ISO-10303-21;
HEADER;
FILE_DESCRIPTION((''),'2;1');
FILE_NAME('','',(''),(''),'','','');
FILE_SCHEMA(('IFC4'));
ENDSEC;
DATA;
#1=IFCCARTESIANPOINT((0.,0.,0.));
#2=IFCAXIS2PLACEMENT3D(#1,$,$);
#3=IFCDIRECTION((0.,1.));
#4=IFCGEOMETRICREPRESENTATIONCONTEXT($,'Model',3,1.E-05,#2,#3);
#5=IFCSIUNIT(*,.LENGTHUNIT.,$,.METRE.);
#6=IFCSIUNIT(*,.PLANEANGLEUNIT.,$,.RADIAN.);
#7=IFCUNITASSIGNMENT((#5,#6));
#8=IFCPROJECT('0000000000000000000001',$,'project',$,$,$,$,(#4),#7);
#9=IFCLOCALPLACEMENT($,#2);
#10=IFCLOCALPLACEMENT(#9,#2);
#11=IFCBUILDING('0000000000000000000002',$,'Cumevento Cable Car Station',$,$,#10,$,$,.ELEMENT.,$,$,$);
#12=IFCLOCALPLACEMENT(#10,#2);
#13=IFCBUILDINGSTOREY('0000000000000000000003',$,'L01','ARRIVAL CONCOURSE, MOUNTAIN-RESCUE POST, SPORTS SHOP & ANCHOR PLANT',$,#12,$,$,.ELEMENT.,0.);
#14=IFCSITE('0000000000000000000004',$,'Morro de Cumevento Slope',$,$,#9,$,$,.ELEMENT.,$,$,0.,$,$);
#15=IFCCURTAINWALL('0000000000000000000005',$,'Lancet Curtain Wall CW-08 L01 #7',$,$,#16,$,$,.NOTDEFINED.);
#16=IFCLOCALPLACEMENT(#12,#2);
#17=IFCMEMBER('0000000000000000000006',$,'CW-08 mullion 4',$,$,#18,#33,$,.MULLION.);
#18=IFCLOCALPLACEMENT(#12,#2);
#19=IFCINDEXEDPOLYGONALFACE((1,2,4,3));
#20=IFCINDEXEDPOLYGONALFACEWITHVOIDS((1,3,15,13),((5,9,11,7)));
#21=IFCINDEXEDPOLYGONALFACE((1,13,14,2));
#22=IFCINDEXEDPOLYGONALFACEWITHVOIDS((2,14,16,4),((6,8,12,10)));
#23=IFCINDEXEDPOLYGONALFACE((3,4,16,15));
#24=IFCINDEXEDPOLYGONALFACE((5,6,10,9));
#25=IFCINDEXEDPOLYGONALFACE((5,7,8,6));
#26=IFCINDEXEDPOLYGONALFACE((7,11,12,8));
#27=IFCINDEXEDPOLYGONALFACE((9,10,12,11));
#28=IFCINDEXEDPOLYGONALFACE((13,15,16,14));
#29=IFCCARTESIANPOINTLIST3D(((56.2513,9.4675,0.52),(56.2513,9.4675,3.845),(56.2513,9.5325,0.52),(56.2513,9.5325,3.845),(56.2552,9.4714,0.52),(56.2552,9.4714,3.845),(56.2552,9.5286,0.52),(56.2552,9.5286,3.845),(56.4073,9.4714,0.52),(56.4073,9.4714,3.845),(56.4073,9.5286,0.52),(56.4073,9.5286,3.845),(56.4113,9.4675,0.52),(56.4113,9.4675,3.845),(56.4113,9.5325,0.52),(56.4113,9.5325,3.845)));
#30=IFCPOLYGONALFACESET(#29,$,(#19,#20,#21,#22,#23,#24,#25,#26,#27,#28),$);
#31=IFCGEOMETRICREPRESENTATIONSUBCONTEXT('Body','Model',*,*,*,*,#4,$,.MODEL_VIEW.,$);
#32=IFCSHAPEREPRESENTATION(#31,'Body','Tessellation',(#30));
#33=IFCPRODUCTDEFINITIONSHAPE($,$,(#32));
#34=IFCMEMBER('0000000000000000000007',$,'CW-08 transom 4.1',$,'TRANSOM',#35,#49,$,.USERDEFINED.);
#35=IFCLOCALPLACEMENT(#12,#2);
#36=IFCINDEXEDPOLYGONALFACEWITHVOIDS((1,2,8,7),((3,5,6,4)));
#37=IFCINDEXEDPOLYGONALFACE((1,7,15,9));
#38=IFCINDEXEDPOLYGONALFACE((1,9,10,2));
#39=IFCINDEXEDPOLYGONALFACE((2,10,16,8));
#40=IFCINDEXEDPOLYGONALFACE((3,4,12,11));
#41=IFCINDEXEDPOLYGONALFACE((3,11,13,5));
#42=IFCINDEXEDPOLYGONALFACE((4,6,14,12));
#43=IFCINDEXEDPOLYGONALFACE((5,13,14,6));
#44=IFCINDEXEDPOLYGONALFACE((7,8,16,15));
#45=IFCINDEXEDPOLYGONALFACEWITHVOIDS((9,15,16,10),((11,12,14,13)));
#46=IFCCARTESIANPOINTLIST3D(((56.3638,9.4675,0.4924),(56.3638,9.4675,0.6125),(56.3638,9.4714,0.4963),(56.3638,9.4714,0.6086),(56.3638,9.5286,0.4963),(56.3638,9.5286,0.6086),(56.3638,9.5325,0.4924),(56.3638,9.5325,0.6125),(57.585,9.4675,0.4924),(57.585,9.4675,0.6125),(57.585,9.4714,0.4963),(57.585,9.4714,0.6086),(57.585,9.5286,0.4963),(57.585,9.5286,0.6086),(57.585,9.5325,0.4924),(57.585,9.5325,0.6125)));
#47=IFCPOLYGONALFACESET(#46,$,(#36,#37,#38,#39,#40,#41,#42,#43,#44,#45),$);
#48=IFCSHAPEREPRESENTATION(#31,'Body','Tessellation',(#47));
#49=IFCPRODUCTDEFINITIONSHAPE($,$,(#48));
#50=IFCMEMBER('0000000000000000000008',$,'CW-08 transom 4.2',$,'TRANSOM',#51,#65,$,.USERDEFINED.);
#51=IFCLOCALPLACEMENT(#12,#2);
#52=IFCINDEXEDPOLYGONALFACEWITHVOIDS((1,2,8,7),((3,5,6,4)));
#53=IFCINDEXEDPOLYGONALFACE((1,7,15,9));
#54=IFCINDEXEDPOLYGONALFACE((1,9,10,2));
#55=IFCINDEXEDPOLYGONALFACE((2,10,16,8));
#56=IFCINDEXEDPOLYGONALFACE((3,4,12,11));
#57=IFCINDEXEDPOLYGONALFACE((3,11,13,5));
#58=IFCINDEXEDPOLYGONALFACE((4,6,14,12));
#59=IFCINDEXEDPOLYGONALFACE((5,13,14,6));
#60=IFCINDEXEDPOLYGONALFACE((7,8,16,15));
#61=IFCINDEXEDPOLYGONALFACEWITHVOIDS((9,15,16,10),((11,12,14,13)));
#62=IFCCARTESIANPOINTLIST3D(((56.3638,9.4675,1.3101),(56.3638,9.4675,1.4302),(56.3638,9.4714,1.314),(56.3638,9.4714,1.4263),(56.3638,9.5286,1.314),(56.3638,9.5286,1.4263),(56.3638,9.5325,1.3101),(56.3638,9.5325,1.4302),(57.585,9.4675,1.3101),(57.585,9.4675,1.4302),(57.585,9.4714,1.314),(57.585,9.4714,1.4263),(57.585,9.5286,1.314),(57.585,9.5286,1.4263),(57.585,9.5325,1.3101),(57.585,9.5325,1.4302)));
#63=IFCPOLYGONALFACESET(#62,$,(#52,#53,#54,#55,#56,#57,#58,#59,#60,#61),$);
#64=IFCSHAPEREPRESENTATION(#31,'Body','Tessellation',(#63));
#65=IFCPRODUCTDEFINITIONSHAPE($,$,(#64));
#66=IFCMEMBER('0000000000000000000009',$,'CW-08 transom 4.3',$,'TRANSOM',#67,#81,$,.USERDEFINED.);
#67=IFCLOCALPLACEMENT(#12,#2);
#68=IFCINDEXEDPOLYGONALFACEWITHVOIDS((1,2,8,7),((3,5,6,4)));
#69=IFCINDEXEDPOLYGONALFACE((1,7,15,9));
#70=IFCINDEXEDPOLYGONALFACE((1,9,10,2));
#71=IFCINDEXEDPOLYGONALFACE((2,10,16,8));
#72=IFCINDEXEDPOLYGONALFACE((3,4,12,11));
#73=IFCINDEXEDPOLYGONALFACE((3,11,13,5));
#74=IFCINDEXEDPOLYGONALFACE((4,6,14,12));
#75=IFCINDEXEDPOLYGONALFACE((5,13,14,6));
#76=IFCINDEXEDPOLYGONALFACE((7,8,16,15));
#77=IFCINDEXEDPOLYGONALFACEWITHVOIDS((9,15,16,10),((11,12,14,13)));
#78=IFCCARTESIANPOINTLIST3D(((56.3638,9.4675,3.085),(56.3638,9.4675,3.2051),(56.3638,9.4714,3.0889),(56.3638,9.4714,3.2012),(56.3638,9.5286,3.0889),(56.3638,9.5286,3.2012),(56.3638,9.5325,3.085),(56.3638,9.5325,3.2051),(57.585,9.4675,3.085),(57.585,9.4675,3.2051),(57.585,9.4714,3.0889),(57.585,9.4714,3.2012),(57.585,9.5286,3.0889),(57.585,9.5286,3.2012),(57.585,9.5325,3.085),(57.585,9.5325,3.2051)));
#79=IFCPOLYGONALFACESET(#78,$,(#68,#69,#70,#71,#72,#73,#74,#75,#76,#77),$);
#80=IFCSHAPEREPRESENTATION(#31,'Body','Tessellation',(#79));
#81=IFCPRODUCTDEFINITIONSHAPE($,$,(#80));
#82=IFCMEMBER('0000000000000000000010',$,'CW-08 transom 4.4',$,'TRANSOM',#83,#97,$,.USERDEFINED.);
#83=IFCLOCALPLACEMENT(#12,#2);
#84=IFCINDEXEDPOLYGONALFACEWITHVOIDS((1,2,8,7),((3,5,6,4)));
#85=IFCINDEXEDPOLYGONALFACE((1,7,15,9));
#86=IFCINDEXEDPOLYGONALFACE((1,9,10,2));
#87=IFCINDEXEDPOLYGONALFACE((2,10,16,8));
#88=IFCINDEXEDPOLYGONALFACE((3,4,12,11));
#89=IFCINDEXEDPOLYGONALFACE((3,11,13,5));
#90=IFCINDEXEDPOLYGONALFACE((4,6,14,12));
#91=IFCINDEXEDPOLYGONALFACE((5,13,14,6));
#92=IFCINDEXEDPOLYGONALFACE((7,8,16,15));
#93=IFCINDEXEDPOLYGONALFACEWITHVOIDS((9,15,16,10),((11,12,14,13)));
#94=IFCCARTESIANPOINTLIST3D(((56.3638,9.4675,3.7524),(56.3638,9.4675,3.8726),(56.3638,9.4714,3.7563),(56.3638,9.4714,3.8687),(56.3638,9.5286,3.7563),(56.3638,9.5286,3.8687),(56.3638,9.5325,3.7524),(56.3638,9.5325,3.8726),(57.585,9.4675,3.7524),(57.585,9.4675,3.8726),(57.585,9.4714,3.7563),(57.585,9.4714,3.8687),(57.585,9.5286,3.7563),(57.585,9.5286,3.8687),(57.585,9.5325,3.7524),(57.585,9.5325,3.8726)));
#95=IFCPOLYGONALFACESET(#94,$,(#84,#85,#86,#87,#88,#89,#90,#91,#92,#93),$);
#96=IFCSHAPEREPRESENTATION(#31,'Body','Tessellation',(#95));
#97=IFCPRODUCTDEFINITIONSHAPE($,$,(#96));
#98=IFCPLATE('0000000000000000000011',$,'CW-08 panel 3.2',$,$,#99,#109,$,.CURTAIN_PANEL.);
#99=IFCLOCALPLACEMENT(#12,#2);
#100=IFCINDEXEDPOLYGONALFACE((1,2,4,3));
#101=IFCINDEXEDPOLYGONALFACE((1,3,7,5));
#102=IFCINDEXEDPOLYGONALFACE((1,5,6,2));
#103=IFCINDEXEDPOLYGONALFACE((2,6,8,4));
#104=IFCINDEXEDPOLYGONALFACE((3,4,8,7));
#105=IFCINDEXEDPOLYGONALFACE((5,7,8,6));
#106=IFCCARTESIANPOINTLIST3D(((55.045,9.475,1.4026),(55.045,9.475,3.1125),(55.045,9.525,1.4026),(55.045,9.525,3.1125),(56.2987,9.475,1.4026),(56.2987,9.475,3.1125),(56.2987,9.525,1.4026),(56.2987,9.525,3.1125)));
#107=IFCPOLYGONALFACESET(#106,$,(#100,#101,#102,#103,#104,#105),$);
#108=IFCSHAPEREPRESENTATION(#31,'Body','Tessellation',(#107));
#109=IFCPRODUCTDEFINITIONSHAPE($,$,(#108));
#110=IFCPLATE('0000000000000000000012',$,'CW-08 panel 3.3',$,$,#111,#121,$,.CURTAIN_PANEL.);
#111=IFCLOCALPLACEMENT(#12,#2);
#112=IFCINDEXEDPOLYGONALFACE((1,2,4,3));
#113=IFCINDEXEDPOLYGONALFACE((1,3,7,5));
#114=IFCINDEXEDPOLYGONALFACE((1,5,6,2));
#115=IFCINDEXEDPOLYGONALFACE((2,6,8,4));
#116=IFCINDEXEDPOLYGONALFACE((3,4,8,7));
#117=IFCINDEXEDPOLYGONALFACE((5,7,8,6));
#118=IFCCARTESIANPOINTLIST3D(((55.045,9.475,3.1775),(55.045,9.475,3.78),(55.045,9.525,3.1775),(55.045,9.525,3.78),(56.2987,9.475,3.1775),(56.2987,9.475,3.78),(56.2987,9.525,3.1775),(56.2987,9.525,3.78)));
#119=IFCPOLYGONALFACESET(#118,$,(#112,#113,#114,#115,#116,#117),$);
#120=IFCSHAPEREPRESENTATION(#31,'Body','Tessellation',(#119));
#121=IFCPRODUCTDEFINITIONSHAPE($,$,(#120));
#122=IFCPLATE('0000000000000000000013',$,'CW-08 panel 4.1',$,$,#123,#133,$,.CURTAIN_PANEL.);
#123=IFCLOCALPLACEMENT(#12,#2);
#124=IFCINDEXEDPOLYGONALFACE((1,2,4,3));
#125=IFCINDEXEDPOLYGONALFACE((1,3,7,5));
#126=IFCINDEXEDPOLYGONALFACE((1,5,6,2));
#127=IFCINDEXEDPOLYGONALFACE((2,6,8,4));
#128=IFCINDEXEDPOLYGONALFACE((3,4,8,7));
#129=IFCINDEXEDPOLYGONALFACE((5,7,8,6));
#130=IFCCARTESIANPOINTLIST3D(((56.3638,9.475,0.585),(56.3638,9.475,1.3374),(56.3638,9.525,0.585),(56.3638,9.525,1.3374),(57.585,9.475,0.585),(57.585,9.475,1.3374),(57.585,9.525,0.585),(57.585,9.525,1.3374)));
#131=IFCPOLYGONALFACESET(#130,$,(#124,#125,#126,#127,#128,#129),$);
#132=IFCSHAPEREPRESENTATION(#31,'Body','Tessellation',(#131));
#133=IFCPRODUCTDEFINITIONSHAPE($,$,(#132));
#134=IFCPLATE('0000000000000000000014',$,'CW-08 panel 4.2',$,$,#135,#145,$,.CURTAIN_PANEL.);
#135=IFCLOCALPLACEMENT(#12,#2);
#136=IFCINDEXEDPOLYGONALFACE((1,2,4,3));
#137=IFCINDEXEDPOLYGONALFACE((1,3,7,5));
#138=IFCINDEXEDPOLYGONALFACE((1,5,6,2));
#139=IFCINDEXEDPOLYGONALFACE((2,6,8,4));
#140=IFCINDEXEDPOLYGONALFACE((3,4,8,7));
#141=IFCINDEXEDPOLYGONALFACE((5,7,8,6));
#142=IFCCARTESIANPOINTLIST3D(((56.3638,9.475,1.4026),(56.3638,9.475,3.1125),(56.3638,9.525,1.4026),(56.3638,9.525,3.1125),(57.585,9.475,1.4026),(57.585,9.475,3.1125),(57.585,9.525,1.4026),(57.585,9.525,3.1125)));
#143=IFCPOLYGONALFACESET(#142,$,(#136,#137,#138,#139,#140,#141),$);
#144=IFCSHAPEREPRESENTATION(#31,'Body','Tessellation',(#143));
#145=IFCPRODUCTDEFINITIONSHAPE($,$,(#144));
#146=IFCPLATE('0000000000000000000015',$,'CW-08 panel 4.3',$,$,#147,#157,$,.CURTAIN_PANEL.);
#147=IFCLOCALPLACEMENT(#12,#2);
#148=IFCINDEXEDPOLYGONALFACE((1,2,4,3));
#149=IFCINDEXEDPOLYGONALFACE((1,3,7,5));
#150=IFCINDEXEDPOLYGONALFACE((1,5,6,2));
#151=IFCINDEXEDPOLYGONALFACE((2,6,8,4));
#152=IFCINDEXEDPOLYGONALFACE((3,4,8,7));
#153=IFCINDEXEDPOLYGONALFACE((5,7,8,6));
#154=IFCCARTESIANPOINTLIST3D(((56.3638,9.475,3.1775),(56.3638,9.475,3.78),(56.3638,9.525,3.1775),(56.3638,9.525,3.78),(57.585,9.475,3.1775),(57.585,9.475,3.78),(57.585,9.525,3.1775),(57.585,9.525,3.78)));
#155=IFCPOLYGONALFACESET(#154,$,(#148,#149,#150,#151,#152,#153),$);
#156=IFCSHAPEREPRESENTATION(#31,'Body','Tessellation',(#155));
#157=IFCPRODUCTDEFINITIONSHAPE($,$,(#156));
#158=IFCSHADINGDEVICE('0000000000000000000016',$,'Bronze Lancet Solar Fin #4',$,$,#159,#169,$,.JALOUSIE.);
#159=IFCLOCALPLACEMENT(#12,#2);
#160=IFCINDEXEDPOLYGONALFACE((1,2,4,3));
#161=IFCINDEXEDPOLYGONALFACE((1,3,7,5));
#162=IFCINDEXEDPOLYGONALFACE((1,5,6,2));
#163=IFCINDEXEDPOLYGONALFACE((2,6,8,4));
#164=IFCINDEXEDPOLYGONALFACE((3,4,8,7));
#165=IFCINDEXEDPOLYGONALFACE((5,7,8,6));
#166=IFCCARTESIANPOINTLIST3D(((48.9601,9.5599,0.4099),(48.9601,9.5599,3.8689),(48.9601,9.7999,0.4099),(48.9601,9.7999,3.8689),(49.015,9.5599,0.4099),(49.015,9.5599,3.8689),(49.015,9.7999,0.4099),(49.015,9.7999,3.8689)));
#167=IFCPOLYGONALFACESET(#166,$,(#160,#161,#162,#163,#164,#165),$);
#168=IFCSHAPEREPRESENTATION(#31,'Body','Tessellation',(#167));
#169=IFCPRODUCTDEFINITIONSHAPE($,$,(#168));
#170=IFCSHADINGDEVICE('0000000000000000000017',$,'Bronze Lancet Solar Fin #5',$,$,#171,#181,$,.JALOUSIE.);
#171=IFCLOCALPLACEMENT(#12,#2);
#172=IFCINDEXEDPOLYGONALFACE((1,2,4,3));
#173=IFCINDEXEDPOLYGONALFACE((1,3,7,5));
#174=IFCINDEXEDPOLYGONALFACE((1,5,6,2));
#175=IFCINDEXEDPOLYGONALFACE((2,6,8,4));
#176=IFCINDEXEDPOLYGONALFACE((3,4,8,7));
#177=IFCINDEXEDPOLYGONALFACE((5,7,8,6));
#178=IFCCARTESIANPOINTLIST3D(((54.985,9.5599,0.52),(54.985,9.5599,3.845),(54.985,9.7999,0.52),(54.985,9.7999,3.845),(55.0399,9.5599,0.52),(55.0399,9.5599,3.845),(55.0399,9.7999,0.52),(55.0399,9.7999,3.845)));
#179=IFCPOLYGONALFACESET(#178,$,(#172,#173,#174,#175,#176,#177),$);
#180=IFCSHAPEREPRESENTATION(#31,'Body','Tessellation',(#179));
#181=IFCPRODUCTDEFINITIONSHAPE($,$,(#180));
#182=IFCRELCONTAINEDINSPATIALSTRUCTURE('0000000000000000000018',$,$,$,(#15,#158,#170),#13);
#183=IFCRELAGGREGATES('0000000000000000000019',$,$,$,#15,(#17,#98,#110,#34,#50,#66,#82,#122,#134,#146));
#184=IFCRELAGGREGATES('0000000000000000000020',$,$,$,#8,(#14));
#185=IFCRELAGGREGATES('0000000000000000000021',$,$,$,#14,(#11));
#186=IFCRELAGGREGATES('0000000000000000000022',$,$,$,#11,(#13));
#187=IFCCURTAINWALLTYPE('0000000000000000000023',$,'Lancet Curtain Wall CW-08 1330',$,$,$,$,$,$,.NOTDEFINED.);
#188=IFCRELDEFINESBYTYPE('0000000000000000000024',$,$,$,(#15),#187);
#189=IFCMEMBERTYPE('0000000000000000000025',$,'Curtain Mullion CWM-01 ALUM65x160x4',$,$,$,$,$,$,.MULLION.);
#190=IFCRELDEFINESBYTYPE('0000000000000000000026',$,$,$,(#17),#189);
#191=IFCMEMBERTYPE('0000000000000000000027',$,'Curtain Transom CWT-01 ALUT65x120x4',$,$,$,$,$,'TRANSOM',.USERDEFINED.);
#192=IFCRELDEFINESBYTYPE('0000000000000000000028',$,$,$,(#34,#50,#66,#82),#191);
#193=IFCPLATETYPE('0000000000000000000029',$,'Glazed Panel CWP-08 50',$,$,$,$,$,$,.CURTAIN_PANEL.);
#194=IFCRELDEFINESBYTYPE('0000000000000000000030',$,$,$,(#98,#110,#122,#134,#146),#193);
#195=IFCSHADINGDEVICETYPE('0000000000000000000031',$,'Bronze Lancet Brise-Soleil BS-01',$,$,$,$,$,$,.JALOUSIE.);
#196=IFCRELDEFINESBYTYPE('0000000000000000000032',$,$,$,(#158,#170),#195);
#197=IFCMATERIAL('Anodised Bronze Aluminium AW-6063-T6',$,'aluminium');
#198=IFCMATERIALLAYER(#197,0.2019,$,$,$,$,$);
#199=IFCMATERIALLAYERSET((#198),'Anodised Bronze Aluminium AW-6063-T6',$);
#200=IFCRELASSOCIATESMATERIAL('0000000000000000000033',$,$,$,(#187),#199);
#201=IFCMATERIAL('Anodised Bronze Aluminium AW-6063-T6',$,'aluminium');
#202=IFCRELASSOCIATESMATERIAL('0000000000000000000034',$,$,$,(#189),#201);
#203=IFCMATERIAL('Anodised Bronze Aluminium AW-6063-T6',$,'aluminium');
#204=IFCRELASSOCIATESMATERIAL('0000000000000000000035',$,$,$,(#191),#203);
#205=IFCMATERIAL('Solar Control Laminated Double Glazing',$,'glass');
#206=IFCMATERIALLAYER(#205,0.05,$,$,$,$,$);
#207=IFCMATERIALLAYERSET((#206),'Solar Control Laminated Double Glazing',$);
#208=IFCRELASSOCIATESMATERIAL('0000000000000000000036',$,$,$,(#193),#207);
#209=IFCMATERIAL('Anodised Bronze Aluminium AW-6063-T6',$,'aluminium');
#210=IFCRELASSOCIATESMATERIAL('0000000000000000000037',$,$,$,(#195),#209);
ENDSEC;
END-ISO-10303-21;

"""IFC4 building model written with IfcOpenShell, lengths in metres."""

from ifc_helpers import new_model, si_unit, direction, frame, origin, origin_2d, place, context, subcontext, project, spatial, rectangle, hollow_rectangle, extrude, material, layer, layer_set, material_profile, profile_set, type_object, element, aggregate, save


model = new_model("IFC4")

# Units and contexts
model_context = context("Model", 3, precision=1e-05, world=origin(), true_north=direction((0.0, 1.0)))
body_context = subcontext(model_context, "Body", "Model", "MODEL_VIEW")
ifc_project = project(units=[si_unit("LENGTHUNIT", "METRE"), si_unit("PLANEANGLEUNIT", "RADIAN")], contexts=[model_context])

# Site, building, storey
site_placement = place(None, origin())
site = spatial("IfcSite", under=ifc_project, at=site_placement, Name="Morro de Cumevento Slope", CompositionType="ELEMENT", RefElevation=0.0)
building_placement = place(site_placement, origin())
building = spatial("IfcBuilding", under=site, at=building_placement, Name="Cumevento Cable Car Station", CompositionType="ELEMENT")
storey_placement = place(building_placement, origin())
storey = spatial("IfcBuildingStorey", under=building, at=storey_placement, Name="L01", Description="ARRIVAL CONCOURSE, MOUNTAIN-RESCUE POST, SPORTS SHOP & ANCHOR PLANT", CompositionType="ELEMENT", Elevation=0.0)

# Curtain wall, members, plates
ifc_material_1 = material(Name="Anodised Bronze Aluminium AW-6063-T6", Category="aluminium")
ifc_layer_1 = layer(ifc_material_1, 0.2019)
ifc_layer_set_1 = layer_set([ifc_layer_1], Name="Anodised Bronze Aluminium AW-6063-T6")
curtain_wall_type = type_object("IfcCurtainWallType", Name="Lancet Curtain Wall CW-08 1330", PredefinedType="NOTDEFINED", material=ifc_layer_set_1)
curtain_wall_placement = place(storey_placement, origin())
curtain_wall = element("IfcCurtainWall", 1, at=curtain_wall_placement, inside=storey, type_object=curtain_wall_type, Name="Lancet Curtain Wall CW-08 L01 #7", PredefinedType="NOTDEFINED")
ifc_material_2 = material(Name="Anodised Bronze Aluminium AW-6063-T6", Category="aluminium")
ifc_material_profile_1 = material_profile(ifc_material_2, hollow_rectangle(XDim=0.0649, YDim=0.1599, WallThickness=0.0039, at=origin_2d()), Name="ALUM65x160x4")
ifc_profile_set_1 = profile_set([ifc_material_profile_1], Name="Anodised Bronze Aluminium AW-6063-T6")
member_type_1 = type_object("IfcMemberType", Name="Curtain Mullion CWM-01 ALUM65x160x4", PredefinedType="MULLION", material=ifc_profile_set_1)
member_1_placement = place(storey_placement, frame((56.3313, 9.5, 0.52), z_axis=(0.0, 0.0, 1.0), x_axis=(0.0, 1.0, 0.0)))
member_1 = element("IfcMember", 2, at=member_1_placement, type_object=member_type_1, Name="CW-08 mullion 4", PredefinedType="MULLION", context=body_context, shape_type="SweptSolid", body=[
    extrude(hollow_rectangle(XDim=0.0649, YDim=0.1599, WallThickness=0.0039, at=origin_2d()), origin(), (0.0, 0.0, 1.0), 3.325),
])
ifc_material_3 = material(Name="Anodised Bronze Aluminium AW-6063-T6", Category="aluminium")
ifc_material_profile_2 = material_profile(ifc_material_3, hollow_rectangle(XDim=0.0649, YDim=0.1201, WallThickness=0.0039, at=origin_2d()), Name="ALUT65x120x4")
ifc_profile_set_2 = profile_set([ifc_material_profile_2], Name="Anodised Bronze Aluminium AW-6063-T6")
member_type_2 = type_object("IfcMemberType", Name="Curtain Transom CWT-01 ALUT65x120x4", ElementType="TRANSOM", PredefinedType="USERDEFINED", material=ifc_profile_set_2)
member_2_placement = place(storey_placement, frame((56.3638, 9.5, 0.5525), z_axis=(1.0, 0.0, 0.0), x_axis=(0.0, 1.0, 0.0)))
member_2 = element("IfcMember", 3, at=member_2_placement, type_object=member_type_2, Name="CW-08 transom 4.1", ObjectType="TRANSOM", PredefinedType="USERDEFINED", context=body_context, shape_type="SweptSolid", body=[
    extrude(hollow_rectangle(XDim=0.0649, YDim=0.1201, WallThickness=0.0039, at=origin_2d()), origin(), (0.0, 0.0, 1.0), 1.2212),
])
member_3_placement = place(storey_placement, frame((56.3638, 9.5, 1.3701), z_axis=(1.0, 0.0, 0.0), x_axis=(0.0, 1.0, 0.0)))
member_3 = element("IfcMember", 4, at=member_3_placement, type_object=member_type_2, Name="CW-08 transom 4.2", ObjectType="TRANSOM", PredefinedType="USERDEFINED", context=body_context, shape_type="SweptSolid", body=[
    extrude(hollow_rectangle(XDim=0.0649, YDim=0.1201, WallThickness=0.0039, at=origin_2d()), origin(), (0.0, 0.0, 1.0), 1.2212),
])
member_4_placement = place(storey_placement, frame((56.3638, 9.5, 3.145), z_axis=(1.0, 0.0, 0.0), x_axis=(0.0, 1.0, 0.0)))
member_4 = element("IfcMember", 5, at=member_4_placement, type_object=member_type_2, Name="CW-08 transom 4.3", ObjectType="TRANSOM", PredefinedType="USERDEFINED", context=body_context, shape_type="SweptSolid", body=[
    extrude(hollow_rectangle(XDim=0.0649, YDim=0.1201, WallThickness=0.0039, at=origin_2d()), origin(), (0.0, 0.0, 1.0), 1.2212),
])
member_5_placement = place(storey_placement, frame((56.3638, 9.5, 3.8125), z_axis=(1.0, 0.0, 0.0), x_axis=(0.0, 1.0, 0.0)))
member_5 = element("IfcMember", 6, at=member_5_placement, type_object=member_type_2, Name="CW-08 transom 4.4", ObjectType="TRANSOM", PredefinedType="USERDEFINED", context=body_context, shape_type="SweptSolid", body=[
    extrude(hollow_rectangle(XDim=0.0649, YDim=0.1201, WallThickness=0.0039, at=origin_2d()), origin(), (0.0, 0.0, 1.0), 1.2212),
])
ifc_material_4 = material(Name="Solar Control Laminated Double Glazing", Category="glass")
ifc_layer_2 = layer(ifc_material_4, 0.05)
ifc_layer_set_2 = layer_set([ifc_layer_2], Name="Solar Control Laminated Double Glazing")
plate_type = type_object("IfcPlateType", Name="Glazed Panel CWP-08 50", PredefinedType="CURTAIN_PANEL", material=ifc_layer_set_2)
plate_1_placement = place(storey_placement, frame((55.6719, 9.5, 1.4026), z_axis=(0.0, 0.0, 1.0), x_axis=(1.0, 0.0, 0.0)))
plate_1 = element("IfcPlate", 7, at=plate_1_placement, type_object=plate_type, Name="CW-08 panel 3.2", PredefinedType="CURTAIN_PANEL", context=body_context, shape_type="SweptSolid", body=[
    extrude(rectangle(XDim=1.2537, YDim=0.05, at=origin_2d()), origin(), (0.0, 0.0, 1.0), 1.71),
])
plate_2_placement = place(storey_placement, frame((55.6719, 9.5, 3.1775), z_axis=(0.0, 0.0, 1.0), x_axis=(1.0, 0.0, 0.0)))
plate_2 = element("IfcPlate", 8, at=plate_2_placement, type_object=plate_type, Name="CW-08 panel 3.3", PredefinedType="CURTAIN_PANEL", context=body_context, shape_type="SweptSolid", body=[
    extrude(rectangle(XDim=1.2537, YDim=0.05, at=origin_2d()), origin(), (0.0, 0.0, 1.0), 0.6025),
])
plate_3_placement = place(storey_placement, frame((56.9744, 9.5, 0.585), z_axis=(0.0, 0.0, 1.0), x_axis=(1.0, 0.0, 0.0)))
plate_3 = element("IfcPlate", 9, at=plate_3_placement, type_object=plate_type, Name="CW-08 panel 4.1", PredefinedType="CURTAIN_PANEL", context=body_context, shape_type="SweptSolid", body=[
    extrude(rectangle(XDim=1.2212, YDim=0.05, at=origin_2d()), origin(), (0.0, 0.0, 1.0), 0.7524),
])
plate_4_placement = place(storey_placement, frame((56.9744, 9.5, 1.4026), z_axis=(0.0, 0.0, 1.0), x_axis=(1.0, 0.0, 0.0)))
plate_4 = element("IfcPlate", 10, at=plate_4_placement, type_object=plate_type, Name="CW-08 panel 4.2", PredefinedType="CURTAIN_PANEL", context=body_context, shape_type="SweptSolid", body=[
    extrude(rectangle(XDim=1.2212, YDim=0.05, at=origin_2d()), origin(), (0.0, 0.0, 1.0), 1.71),
])
plate_5_placement = place(storey_placement, frame((56.9744, 9.5, 3.1775), z_axis=(0.0, 0.0, 1.0), x_axis=(1.0, 0.0, 0.0)))
plate_5 = element("IfcPlate", 11, at=plate_5_placement, type_object=plate_type, Name="CW-08 panel 4.3", PredefinedType="CURTAIN_PANEL", context=body_context, shape_type="SweptSolid", body=[
    extrude(rectangle(XDim=1.2212, YDim=0.05, at=origin_2d()), origin(), (0.0, 0.0, 1.0), 0.6025),
])
aggregate(curtain_wall, [member_1, plate_1, plate_2, member_2, member_3, member_4, member_5, plate_3, plate_4, plate_5])

# Shading devices
ifc_material_5 = material(Name="Anodised Bronze Aluminium AW-6063-T6", Category="aluminium")
shading_device_type = type_object("IfcShadingDeviceType", Name="Bronze Lancet Brise-Soleil BS-01", PredefinedType="JALOUSIE", material=ifc_material_5)
shading_device_1_placement = place(storey_placement, frame((48.9875, 9.6799, 0.4099), z_axis=(0.0, 0.0, 1.0), x_axis=(1.0, 0.0, 0.0)))
element("IfcShadingDevice", 12, at=shading_device_1_placement, inside=storey, type_object=shading_device_type, Name="Bronze Lancet Solar Fin #4", PredefinedType="JALOUSIE", context=body_context, shape_type="SweptSolid", body=[
    extrude(rectangle(XDim=0.0549, YDim=0.24, at=origin_2d()), origin(), (0.0, 0.0, 1.0), 3.459),
])
shading_device_2_placement = place(storey_placement, frame((55.0125, 9.6799, 0.52), z_axis=(0.0, 0.0, 1.0), x_axis=(1.0, 0.0, 0.0)))
element("IfcShadingDevice", 13, at=shading_device_2_placement, inside=storey, type_object=shading_device_type, Name="Bronze Lancet Solar Fin #5", PredefinedType="JALOUSIE", context=body_context, shape_type="SweptSolid", body=[
    extrude(rectangle(XDim=0.0549, YDim=0.24, at=origin_2d()), origin(), (0.0, 0.0, 1.0), 3.325),
])

save(model, "model.ifc")
